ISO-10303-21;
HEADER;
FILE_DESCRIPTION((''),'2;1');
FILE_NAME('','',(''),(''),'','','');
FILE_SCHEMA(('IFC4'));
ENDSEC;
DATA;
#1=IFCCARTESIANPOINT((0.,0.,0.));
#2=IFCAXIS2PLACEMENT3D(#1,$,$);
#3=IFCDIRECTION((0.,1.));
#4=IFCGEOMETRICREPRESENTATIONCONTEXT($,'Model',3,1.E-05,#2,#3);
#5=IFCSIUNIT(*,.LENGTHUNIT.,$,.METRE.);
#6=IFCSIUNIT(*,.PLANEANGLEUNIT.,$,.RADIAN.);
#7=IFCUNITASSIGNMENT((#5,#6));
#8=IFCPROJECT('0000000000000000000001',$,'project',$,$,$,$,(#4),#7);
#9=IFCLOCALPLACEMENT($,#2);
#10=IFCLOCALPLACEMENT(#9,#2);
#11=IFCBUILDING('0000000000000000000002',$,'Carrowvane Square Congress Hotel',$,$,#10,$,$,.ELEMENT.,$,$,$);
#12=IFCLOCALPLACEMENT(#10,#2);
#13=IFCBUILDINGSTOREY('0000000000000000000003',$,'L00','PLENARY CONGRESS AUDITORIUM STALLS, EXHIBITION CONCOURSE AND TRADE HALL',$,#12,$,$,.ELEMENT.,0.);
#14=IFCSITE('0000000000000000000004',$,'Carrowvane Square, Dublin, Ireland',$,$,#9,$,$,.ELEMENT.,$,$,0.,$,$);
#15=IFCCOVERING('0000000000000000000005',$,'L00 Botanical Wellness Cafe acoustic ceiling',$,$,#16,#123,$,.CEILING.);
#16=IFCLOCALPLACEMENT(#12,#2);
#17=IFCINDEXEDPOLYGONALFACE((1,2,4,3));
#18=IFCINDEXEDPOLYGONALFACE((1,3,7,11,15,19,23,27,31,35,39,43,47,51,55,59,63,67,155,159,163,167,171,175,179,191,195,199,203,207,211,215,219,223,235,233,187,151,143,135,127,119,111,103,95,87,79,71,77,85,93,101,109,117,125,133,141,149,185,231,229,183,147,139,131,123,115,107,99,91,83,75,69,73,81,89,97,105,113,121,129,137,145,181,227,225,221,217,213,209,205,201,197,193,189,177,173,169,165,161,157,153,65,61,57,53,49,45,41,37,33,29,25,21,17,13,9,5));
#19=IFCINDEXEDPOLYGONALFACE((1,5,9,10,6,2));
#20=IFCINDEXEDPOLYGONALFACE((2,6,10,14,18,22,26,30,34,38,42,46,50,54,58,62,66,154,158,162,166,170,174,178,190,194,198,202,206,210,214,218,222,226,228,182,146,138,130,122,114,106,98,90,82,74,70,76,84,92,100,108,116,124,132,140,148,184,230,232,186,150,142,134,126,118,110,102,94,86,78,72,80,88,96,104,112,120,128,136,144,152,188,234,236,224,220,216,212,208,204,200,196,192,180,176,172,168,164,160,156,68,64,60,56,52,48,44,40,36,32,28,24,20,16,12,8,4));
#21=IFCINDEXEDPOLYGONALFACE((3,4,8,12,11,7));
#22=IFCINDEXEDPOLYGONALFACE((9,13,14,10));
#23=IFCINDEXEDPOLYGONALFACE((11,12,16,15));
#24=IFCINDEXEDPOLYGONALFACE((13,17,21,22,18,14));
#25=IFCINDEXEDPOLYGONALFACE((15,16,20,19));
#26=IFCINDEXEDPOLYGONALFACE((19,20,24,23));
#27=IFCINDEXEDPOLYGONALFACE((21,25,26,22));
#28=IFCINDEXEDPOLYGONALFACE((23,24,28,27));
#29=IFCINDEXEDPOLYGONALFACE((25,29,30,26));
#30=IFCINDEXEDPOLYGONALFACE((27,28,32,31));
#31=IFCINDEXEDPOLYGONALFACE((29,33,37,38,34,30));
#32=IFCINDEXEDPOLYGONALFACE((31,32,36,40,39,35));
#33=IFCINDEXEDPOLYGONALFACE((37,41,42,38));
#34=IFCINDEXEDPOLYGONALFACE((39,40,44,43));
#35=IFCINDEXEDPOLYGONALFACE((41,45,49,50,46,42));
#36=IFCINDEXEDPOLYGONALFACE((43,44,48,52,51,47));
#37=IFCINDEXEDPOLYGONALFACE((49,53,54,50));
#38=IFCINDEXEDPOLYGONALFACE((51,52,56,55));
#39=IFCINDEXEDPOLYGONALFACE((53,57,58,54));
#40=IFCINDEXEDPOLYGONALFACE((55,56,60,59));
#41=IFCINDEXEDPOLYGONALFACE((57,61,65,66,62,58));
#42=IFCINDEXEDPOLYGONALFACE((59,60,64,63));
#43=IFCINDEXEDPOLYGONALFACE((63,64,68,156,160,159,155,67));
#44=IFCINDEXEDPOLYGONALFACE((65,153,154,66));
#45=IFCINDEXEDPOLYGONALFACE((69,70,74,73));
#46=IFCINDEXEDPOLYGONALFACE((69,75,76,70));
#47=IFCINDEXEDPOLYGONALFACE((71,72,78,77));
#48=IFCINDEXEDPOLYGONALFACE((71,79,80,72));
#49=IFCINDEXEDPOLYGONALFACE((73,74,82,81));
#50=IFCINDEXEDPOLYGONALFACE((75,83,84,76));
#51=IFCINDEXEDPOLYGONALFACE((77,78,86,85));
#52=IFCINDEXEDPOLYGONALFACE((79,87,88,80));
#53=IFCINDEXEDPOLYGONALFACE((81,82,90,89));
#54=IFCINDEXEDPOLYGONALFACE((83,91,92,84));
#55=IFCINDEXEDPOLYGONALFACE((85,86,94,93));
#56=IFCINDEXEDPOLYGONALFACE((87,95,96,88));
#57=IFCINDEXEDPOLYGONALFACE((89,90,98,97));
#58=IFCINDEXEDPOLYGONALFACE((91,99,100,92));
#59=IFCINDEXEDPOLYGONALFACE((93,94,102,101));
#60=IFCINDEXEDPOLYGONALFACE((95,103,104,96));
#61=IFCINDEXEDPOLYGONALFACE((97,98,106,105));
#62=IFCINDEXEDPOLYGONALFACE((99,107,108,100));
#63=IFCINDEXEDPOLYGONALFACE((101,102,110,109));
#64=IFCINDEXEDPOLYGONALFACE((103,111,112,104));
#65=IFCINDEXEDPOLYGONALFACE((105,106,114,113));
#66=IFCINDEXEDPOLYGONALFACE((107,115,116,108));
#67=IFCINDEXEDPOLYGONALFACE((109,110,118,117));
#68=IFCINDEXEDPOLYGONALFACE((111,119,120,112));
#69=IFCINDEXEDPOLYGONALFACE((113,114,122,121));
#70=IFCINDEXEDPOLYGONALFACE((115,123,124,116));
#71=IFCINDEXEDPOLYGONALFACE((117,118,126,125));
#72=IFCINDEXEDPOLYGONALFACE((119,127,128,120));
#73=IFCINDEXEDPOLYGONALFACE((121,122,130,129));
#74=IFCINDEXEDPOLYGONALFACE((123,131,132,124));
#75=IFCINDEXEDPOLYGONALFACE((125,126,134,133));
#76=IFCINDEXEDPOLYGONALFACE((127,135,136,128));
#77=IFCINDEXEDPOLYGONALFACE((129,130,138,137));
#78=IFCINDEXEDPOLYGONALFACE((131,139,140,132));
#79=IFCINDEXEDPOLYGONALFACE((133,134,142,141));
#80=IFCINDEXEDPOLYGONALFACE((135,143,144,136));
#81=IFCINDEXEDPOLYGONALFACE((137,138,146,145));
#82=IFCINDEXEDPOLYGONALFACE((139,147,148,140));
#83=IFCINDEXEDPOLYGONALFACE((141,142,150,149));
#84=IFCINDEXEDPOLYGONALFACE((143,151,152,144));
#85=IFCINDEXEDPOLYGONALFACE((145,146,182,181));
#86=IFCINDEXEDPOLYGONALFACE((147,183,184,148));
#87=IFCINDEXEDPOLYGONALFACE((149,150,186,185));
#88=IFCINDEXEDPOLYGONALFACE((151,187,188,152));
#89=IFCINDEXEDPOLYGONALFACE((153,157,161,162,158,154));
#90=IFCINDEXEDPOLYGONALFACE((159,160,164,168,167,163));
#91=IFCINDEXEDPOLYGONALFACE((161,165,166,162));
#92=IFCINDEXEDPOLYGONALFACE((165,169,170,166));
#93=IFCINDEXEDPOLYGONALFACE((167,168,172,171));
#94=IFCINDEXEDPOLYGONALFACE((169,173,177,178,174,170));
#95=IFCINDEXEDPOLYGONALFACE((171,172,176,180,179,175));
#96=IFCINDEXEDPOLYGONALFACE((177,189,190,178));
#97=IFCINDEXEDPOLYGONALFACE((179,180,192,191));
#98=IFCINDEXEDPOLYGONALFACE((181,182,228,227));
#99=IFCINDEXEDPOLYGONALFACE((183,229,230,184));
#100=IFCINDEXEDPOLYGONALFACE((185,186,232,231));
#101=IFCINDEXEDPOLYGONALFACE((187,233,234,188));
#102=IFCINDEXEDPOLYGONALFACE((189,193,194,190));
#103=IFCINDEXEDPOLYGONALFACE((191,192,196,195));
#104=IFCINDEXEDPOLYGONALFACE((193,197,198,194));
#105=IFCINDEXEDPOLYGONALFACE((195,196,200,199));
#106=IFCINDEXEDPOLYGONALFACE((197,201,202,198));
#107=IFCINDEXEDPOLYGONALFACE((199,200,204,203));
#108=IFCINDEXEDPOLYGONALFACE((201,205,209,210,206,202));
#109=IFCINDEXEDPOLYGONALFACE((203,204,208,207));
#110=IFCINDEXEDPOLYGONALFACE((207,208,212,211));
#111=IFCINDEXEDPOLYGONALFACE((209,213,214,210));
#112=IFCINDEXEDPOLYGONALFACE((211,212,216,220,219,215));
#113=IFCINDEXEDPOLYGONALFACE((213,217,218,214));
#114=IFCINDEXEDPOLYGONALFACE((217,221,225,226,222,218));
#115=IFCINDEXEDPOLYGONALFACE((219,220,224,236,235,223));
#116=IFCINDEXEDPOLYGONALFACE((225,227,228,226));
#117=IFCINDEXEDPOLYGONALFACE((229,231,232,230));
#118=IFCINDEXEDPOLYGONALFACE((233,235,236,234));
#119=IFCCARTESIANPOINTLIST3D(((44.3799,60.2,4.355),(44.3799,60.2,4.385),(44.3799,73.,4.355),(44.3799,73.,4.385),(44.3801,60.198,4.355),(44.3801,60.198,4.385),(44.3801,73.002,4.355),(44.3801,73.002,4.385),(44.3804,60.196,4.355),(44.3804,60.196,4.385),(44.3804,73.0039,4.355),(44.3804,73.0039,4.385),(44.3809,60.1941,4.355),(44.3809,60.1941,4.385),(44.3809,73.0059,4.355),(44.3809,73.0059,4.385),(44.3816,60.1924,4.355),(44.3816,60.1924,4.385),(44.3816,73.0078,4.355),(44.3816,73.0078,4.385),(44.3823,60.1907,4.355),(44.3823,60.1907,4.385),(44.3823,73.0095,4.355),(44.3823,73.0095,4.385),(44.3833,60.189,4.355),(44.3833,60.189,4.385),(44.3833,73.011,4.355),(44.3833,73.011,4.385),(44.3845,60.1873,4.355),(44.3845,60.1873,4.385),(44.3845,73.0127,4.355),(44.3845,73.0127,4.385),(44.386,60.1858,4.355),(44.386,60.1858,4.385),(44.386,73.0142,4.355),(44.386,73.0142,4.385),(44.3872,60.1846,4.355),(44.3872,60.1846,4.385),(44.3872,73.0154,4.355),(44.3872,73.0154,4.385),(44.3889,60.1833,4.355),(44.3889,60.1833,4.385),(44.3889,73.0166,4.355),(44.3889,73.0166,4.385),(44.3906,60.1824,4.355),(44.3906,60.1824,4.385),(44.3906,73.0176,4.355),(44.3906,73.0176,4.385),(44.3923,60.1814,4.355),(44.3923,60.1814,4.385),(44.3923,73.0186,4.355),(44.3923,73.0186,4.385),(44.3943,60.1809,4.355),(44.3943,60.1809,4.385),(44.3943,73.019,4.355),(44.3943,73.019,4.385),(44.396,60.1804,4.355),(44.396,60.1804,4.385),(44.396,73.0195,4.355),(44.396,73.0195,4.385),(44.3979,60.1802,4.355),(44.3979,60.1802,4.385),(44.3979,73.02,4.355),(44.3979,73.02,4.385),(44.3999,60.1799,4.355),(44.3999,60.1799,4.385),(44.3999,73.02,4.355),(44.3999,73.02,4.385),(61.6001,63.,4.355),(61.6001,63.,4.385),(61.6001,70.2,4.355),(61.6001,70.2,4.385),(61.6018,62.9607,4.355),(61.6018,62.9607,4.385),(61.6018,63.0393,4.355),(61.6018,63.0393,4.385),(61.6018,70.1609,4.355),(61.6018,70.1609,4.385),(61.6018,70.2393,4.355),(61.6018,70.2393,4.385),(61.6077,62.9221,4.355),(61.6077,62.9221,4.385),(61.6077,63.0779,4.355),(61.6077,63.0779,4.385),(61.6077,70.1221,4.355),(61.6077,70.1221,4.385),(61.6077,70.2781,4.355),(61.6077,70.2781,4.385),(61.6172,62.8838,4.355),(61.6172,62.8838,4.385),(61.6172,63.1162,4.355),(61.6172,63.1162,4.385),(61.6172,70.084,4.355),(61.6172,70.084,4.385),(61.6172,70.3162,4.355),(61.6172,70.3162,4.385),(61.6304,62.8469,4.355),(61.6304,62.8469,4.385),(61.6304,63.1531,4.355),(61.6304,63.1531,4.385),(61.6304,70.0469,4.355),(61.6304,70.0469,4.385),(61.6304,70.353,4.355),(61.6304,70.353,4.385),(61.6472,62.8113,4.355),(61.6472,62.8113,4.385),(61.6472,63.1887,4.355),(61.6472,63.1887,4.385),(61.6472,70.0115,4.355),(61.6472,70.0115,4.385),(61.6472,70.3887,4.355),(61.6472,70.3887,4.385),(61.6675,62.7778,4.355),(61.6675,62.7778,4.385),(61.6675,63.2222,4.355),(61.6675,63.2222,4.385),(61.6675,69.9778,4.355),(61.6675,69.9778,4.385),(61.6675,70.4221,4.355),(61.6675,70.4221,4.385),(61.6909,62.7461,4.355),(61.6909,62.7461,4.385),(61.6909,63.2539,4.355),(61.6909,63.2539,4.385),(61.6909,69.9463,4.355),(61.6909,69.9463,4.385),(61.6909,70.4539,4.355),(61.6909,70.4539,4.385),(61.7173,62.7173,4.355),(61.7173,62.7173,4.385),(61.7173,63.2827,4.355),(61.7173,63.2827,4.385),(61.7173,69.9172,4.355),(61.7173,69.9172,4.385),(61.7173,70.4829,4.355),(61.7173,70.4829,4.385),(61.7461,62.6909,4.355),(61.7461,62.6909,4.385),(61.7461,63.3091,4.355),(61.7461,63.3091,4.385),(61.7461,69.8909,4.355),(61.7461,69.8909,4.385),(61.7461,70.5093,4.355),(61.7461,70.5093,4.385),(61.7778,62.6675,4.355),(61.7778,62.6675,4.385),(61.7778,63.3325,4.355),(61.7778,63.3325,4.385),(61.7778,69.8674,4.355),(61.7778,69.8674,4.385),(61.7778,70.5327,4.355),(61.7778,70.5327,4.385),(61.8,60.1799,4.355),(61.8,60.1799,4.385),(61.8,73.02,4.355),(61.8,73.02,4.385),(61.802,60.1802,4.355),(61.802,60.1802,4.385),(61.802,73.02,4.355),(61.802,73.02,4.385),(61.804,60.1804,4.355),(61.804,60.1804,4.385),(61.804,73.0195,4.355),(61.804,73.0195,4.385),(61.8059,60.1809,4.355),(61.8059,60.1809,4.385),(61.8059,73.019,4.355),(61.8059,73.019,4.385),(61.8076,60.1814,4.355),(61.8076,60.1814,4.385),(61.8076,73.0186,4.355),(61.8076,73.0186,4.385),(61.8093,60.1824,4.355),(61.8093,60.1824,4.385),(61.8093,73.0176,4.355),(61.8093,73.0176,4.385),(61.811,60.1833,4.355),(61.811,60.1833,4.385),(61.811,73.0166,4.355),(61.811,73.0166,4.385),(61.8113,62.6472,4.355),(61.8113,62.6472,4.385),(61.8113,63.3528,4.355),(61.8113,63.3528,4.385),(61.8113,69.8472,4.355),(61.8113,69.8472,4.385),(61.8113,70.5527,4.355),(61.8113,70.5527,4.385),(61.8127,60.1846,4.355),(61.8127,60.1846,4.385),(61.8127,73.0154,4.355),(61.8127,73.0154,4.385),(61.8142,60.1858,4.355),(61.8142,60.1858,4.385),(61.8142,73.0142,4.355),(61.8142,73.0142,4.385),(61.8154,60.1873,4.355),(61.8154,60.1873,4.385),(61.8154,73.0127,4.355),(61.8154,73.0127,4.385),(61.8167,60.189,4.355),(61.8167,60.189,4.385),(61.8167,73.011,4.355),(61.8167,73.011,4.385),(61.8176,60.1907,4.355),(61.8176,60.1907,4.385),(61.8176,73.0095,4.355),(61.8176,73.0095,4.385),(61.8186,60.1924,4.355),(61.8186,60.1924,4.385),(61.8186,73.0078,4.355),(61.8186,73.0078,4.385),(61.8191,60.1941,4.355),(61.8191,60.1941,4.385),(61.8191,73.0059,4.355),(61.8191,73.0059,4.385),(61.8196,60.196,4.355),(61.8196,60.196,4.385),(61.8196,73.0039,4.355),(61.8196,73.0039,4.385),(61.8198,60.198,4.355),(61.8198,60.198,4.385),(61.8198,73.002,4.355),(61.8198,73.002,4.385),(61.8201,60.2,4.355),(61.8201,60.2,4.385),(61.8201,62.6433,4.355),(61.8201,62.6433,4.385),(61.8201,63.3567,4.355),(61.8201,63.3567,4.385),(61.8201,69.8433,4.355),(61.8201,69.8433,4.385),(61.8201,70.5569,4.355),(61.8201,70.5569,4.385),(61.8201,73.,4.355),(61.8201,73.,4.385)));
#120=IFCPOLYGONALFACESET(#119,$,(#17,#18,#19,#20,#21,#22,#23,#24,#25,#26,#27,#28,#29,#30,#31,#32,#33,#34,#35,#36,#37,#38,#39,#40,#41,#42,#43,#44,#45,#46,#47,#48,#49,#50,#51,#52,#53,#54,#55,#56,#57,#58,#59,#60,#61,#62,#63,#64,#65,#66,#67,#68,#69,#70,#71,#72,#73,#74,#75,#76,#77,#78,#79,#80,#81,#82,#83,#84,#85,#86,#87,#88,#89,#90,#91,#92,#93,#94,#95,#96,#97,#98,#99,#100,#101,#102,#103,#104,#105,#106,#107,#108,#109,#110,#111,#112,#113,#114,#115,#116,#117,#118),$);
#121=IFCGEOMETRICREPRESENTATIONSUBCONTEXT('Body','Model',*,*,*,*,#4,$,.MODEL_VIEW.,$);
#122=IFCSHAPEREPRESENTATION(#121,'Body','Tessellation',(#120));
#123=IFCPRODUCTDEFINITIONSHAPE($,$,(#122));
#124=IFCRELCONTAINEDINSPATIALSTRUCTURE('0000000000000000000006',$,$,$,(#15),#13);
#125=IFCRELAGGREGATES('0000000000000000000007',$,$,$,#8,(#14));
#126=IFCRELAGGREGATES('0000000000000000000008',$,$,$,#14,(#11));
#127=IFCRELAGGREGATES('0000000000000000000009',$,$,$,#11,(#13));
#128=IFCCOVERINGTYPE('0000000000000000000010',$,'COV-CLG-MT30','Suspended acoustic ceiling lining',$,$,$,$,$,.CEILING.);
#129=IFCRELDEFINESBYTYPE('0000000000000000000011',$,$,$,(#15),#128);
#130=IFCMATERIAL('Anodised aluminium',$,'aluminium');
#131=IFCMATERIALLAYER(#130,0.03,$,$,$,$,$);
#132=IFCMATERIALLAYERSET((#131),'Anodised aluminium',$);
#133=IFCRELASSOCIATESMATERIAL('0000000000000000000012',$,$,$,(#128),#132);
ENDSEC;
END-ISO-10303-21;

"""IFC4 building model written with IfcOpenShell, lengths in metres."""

from ifc_helpers import new_model, si_unit, direction, frame, origin, place, context, subcontext, project, spatial, polyline, outline, extrude, material, layer, layer_set, type_object, element, save


model = new_model("IFC4")

# Units and contexts
model_context = context("Model", 3, precision=1e-05, world=origin(), true_north=direction((0.0, 1.0)))
body_context = subcontext(model_context, "Body", "Model", "MODEL_VIEW")
ifc_project = project(units=[si_unit("LENGTHUNIT", "METRE"), si_unit("PLANEANGLEUNIT", "RADIAN")], contexts=[model_context])

# Site, building, storey
site_placement = place(None, origin())
site = spatial("IfcSite", under=ifc_project, at=site_placement, Name="Carrowvane Square, Dublin, Ireland", CompositionType="ELEMENT", RefElevation=0.0)
building_placement = place(site_placement, origin())
building = spatial("IfcBuilding", under=site, at=building_placement, Name="Carrowvane Square Congress Hotel", CompositionType="ELEMENT")
storey_placement = place(building_placement, origin())
storey = spatial("IfcBuildingStorey", under=building, at=storey_placement, Name="L00", Description="PLENARY CONGRESS AUDITORIUM STALLS, EXHIBITION CONCOURSE AND TRADE HALL", CompositionType="ELEMENT", Elevation=0.0)

# Covering
ifc_material_1 = material(Name="Anodised aluminium", Category="aluminium")
ifc_layer_1 = layer(ifc_material_1, 0.03)
ifc_layer_set_1 = layer_set([ifc_layer_1], Name="Anodised aluminium")
covering_type_1 = type_object("IfcCoveringType", Name="COV-CLG-MT30", Description="Suspended acoustic ceiling lining", PredefinedType="CEILING", material=ifc_layer_set_1)
covering_1_placement = place(storey_placement, frame((0.0, 0.0, 4.355)))
element("IfcCovering", 1, at=covering_1_placement, inside=storey, type_object=covering_type_1, Name="L00 Botanical Wellness Cafe acoustic ceiling", PredefinedType="CEILING", context=body_context, shape_type="SweptSolid", body=[
    extrude(outline(polyline([(61.802, 60.1802), (61.8, 60.1799), (44.3999, 60.1799), (44.3979, 60.1802), (44.396, 60.1804), (44.3943, 60.1809), (44.3923, 60.1814), (44.3906, 60.1824), (44.3889, 60.1833), (44.3872, 60.1846), (44.386, 60.1858), (44.3845, 60.1873), (44.3833, 60.189), (44.3823, 60.1907), (44.3816, 60.1924), (44.3809, 60.1941), (44.3804, 60.196), (44.3801, 60.198), (44.3799, 60.2), (44.3799, 73.0), (44.3801, 73.002), (44.3804, 73.0039), (44.3809, 73.0059), (44.3816, 73.0078), (44.3823, 73.0095), (44.3833, 73.011), (44.3845, 73.0127), (44.386, 73.0142), (44.3872, 73.0154), (44.3889, 73.0166), (44.3906, 73.0176), (44.3923, 73.0186), (44.3943, 73.019), (44.396, 73.0195), (44.3979, 73.02), (44.3999, 73.02), (61.8, 73.02), (61.802, 73.02), (61.804, 73.0195), (61.8059, 73.019), (61.8076, 73.0186), (61.8093, 73.0176), (61.811, 73.0166), (61.8127, 73.0154), (61.8142, 73.0142), (61.8154, 73.0127), (61.8167, 73.011), (61.8176, 73.0095), (61.8186, 73.0078), (61.8191, 73.0059), (61.8196, 73.0039), (61.8198, 73.002), (61.8201, 73.0), (61.8201, 70.5569), (61.8113, 70.5527), (61.7778, 70.5327), (61.7461, 70.5093), (61.7173, 70.4829), (61.6909, 70.4539), (61.6675, 70.4221), (61.6472, 70.3887), (61.6304, 70.353), (61.6172, 70.3162), (61.6077, 70.2781), (61.6018, 70.2393), (61.6001, 70.2), (61.6018, 70.1609), (61.6077, 70.1221), (61.6172, 70.084), (61.6304, 70.0469), (61.6472, 70.0115), (61.6675, 69.9778), (61.6909, 69.9463), (61.7173, 69.9172), (61.7461, 69.8909), (61.7778, 69.8674), (61.8113, 69.8472), (61.8201, 69.8433), (61.8201, 63.3567), (61.8113, 63.3528), (61.7778, 63.3325), (61.7461, 63.3091), (61.7173, 63.2827), (61.6909, 63.2539), (61.6675, 63.2222), (61.6472, 63.1887), (61.6304, 63.1531), (61.6172, 63.1162), (61.6077, 63.0779), (61.6018, 63.0393), (61.6001, 63.0), (61.6018, 62.9607), (61.6077, 62.9221), (61.6172, 62.8838), (61.6304, 62.8469), (61.6472, 62.8113), (61.6675, 62.7778), (61.6909, 62.7461), (61.7173, 62.7173), (61.7461, 62.6909), (61.7778, 62.6675), (61.8113, 62.6472), (61.8201, 62.6433), (61.8201, 60.2), (61.8198, 60.198), (61.8196, 60.196), (61.8191, 60.1941), (61.8186, 60.1924), (61.8176, 60.1907), (61.8167, 60.189), (61.8154, 60.1873), (61.8142, 60.1858), (61.8127, 60.1846), (61.811, 60.1833), (61.8093, 60.1824), (61.8076, 60.1814), (61.8059, 60.1809), (61.804, 60.1804), (61.802, 60.1802)])), origin(), (0.0, 0.0, 1.0), 0.03),
])

save(model, "model.ifc")
